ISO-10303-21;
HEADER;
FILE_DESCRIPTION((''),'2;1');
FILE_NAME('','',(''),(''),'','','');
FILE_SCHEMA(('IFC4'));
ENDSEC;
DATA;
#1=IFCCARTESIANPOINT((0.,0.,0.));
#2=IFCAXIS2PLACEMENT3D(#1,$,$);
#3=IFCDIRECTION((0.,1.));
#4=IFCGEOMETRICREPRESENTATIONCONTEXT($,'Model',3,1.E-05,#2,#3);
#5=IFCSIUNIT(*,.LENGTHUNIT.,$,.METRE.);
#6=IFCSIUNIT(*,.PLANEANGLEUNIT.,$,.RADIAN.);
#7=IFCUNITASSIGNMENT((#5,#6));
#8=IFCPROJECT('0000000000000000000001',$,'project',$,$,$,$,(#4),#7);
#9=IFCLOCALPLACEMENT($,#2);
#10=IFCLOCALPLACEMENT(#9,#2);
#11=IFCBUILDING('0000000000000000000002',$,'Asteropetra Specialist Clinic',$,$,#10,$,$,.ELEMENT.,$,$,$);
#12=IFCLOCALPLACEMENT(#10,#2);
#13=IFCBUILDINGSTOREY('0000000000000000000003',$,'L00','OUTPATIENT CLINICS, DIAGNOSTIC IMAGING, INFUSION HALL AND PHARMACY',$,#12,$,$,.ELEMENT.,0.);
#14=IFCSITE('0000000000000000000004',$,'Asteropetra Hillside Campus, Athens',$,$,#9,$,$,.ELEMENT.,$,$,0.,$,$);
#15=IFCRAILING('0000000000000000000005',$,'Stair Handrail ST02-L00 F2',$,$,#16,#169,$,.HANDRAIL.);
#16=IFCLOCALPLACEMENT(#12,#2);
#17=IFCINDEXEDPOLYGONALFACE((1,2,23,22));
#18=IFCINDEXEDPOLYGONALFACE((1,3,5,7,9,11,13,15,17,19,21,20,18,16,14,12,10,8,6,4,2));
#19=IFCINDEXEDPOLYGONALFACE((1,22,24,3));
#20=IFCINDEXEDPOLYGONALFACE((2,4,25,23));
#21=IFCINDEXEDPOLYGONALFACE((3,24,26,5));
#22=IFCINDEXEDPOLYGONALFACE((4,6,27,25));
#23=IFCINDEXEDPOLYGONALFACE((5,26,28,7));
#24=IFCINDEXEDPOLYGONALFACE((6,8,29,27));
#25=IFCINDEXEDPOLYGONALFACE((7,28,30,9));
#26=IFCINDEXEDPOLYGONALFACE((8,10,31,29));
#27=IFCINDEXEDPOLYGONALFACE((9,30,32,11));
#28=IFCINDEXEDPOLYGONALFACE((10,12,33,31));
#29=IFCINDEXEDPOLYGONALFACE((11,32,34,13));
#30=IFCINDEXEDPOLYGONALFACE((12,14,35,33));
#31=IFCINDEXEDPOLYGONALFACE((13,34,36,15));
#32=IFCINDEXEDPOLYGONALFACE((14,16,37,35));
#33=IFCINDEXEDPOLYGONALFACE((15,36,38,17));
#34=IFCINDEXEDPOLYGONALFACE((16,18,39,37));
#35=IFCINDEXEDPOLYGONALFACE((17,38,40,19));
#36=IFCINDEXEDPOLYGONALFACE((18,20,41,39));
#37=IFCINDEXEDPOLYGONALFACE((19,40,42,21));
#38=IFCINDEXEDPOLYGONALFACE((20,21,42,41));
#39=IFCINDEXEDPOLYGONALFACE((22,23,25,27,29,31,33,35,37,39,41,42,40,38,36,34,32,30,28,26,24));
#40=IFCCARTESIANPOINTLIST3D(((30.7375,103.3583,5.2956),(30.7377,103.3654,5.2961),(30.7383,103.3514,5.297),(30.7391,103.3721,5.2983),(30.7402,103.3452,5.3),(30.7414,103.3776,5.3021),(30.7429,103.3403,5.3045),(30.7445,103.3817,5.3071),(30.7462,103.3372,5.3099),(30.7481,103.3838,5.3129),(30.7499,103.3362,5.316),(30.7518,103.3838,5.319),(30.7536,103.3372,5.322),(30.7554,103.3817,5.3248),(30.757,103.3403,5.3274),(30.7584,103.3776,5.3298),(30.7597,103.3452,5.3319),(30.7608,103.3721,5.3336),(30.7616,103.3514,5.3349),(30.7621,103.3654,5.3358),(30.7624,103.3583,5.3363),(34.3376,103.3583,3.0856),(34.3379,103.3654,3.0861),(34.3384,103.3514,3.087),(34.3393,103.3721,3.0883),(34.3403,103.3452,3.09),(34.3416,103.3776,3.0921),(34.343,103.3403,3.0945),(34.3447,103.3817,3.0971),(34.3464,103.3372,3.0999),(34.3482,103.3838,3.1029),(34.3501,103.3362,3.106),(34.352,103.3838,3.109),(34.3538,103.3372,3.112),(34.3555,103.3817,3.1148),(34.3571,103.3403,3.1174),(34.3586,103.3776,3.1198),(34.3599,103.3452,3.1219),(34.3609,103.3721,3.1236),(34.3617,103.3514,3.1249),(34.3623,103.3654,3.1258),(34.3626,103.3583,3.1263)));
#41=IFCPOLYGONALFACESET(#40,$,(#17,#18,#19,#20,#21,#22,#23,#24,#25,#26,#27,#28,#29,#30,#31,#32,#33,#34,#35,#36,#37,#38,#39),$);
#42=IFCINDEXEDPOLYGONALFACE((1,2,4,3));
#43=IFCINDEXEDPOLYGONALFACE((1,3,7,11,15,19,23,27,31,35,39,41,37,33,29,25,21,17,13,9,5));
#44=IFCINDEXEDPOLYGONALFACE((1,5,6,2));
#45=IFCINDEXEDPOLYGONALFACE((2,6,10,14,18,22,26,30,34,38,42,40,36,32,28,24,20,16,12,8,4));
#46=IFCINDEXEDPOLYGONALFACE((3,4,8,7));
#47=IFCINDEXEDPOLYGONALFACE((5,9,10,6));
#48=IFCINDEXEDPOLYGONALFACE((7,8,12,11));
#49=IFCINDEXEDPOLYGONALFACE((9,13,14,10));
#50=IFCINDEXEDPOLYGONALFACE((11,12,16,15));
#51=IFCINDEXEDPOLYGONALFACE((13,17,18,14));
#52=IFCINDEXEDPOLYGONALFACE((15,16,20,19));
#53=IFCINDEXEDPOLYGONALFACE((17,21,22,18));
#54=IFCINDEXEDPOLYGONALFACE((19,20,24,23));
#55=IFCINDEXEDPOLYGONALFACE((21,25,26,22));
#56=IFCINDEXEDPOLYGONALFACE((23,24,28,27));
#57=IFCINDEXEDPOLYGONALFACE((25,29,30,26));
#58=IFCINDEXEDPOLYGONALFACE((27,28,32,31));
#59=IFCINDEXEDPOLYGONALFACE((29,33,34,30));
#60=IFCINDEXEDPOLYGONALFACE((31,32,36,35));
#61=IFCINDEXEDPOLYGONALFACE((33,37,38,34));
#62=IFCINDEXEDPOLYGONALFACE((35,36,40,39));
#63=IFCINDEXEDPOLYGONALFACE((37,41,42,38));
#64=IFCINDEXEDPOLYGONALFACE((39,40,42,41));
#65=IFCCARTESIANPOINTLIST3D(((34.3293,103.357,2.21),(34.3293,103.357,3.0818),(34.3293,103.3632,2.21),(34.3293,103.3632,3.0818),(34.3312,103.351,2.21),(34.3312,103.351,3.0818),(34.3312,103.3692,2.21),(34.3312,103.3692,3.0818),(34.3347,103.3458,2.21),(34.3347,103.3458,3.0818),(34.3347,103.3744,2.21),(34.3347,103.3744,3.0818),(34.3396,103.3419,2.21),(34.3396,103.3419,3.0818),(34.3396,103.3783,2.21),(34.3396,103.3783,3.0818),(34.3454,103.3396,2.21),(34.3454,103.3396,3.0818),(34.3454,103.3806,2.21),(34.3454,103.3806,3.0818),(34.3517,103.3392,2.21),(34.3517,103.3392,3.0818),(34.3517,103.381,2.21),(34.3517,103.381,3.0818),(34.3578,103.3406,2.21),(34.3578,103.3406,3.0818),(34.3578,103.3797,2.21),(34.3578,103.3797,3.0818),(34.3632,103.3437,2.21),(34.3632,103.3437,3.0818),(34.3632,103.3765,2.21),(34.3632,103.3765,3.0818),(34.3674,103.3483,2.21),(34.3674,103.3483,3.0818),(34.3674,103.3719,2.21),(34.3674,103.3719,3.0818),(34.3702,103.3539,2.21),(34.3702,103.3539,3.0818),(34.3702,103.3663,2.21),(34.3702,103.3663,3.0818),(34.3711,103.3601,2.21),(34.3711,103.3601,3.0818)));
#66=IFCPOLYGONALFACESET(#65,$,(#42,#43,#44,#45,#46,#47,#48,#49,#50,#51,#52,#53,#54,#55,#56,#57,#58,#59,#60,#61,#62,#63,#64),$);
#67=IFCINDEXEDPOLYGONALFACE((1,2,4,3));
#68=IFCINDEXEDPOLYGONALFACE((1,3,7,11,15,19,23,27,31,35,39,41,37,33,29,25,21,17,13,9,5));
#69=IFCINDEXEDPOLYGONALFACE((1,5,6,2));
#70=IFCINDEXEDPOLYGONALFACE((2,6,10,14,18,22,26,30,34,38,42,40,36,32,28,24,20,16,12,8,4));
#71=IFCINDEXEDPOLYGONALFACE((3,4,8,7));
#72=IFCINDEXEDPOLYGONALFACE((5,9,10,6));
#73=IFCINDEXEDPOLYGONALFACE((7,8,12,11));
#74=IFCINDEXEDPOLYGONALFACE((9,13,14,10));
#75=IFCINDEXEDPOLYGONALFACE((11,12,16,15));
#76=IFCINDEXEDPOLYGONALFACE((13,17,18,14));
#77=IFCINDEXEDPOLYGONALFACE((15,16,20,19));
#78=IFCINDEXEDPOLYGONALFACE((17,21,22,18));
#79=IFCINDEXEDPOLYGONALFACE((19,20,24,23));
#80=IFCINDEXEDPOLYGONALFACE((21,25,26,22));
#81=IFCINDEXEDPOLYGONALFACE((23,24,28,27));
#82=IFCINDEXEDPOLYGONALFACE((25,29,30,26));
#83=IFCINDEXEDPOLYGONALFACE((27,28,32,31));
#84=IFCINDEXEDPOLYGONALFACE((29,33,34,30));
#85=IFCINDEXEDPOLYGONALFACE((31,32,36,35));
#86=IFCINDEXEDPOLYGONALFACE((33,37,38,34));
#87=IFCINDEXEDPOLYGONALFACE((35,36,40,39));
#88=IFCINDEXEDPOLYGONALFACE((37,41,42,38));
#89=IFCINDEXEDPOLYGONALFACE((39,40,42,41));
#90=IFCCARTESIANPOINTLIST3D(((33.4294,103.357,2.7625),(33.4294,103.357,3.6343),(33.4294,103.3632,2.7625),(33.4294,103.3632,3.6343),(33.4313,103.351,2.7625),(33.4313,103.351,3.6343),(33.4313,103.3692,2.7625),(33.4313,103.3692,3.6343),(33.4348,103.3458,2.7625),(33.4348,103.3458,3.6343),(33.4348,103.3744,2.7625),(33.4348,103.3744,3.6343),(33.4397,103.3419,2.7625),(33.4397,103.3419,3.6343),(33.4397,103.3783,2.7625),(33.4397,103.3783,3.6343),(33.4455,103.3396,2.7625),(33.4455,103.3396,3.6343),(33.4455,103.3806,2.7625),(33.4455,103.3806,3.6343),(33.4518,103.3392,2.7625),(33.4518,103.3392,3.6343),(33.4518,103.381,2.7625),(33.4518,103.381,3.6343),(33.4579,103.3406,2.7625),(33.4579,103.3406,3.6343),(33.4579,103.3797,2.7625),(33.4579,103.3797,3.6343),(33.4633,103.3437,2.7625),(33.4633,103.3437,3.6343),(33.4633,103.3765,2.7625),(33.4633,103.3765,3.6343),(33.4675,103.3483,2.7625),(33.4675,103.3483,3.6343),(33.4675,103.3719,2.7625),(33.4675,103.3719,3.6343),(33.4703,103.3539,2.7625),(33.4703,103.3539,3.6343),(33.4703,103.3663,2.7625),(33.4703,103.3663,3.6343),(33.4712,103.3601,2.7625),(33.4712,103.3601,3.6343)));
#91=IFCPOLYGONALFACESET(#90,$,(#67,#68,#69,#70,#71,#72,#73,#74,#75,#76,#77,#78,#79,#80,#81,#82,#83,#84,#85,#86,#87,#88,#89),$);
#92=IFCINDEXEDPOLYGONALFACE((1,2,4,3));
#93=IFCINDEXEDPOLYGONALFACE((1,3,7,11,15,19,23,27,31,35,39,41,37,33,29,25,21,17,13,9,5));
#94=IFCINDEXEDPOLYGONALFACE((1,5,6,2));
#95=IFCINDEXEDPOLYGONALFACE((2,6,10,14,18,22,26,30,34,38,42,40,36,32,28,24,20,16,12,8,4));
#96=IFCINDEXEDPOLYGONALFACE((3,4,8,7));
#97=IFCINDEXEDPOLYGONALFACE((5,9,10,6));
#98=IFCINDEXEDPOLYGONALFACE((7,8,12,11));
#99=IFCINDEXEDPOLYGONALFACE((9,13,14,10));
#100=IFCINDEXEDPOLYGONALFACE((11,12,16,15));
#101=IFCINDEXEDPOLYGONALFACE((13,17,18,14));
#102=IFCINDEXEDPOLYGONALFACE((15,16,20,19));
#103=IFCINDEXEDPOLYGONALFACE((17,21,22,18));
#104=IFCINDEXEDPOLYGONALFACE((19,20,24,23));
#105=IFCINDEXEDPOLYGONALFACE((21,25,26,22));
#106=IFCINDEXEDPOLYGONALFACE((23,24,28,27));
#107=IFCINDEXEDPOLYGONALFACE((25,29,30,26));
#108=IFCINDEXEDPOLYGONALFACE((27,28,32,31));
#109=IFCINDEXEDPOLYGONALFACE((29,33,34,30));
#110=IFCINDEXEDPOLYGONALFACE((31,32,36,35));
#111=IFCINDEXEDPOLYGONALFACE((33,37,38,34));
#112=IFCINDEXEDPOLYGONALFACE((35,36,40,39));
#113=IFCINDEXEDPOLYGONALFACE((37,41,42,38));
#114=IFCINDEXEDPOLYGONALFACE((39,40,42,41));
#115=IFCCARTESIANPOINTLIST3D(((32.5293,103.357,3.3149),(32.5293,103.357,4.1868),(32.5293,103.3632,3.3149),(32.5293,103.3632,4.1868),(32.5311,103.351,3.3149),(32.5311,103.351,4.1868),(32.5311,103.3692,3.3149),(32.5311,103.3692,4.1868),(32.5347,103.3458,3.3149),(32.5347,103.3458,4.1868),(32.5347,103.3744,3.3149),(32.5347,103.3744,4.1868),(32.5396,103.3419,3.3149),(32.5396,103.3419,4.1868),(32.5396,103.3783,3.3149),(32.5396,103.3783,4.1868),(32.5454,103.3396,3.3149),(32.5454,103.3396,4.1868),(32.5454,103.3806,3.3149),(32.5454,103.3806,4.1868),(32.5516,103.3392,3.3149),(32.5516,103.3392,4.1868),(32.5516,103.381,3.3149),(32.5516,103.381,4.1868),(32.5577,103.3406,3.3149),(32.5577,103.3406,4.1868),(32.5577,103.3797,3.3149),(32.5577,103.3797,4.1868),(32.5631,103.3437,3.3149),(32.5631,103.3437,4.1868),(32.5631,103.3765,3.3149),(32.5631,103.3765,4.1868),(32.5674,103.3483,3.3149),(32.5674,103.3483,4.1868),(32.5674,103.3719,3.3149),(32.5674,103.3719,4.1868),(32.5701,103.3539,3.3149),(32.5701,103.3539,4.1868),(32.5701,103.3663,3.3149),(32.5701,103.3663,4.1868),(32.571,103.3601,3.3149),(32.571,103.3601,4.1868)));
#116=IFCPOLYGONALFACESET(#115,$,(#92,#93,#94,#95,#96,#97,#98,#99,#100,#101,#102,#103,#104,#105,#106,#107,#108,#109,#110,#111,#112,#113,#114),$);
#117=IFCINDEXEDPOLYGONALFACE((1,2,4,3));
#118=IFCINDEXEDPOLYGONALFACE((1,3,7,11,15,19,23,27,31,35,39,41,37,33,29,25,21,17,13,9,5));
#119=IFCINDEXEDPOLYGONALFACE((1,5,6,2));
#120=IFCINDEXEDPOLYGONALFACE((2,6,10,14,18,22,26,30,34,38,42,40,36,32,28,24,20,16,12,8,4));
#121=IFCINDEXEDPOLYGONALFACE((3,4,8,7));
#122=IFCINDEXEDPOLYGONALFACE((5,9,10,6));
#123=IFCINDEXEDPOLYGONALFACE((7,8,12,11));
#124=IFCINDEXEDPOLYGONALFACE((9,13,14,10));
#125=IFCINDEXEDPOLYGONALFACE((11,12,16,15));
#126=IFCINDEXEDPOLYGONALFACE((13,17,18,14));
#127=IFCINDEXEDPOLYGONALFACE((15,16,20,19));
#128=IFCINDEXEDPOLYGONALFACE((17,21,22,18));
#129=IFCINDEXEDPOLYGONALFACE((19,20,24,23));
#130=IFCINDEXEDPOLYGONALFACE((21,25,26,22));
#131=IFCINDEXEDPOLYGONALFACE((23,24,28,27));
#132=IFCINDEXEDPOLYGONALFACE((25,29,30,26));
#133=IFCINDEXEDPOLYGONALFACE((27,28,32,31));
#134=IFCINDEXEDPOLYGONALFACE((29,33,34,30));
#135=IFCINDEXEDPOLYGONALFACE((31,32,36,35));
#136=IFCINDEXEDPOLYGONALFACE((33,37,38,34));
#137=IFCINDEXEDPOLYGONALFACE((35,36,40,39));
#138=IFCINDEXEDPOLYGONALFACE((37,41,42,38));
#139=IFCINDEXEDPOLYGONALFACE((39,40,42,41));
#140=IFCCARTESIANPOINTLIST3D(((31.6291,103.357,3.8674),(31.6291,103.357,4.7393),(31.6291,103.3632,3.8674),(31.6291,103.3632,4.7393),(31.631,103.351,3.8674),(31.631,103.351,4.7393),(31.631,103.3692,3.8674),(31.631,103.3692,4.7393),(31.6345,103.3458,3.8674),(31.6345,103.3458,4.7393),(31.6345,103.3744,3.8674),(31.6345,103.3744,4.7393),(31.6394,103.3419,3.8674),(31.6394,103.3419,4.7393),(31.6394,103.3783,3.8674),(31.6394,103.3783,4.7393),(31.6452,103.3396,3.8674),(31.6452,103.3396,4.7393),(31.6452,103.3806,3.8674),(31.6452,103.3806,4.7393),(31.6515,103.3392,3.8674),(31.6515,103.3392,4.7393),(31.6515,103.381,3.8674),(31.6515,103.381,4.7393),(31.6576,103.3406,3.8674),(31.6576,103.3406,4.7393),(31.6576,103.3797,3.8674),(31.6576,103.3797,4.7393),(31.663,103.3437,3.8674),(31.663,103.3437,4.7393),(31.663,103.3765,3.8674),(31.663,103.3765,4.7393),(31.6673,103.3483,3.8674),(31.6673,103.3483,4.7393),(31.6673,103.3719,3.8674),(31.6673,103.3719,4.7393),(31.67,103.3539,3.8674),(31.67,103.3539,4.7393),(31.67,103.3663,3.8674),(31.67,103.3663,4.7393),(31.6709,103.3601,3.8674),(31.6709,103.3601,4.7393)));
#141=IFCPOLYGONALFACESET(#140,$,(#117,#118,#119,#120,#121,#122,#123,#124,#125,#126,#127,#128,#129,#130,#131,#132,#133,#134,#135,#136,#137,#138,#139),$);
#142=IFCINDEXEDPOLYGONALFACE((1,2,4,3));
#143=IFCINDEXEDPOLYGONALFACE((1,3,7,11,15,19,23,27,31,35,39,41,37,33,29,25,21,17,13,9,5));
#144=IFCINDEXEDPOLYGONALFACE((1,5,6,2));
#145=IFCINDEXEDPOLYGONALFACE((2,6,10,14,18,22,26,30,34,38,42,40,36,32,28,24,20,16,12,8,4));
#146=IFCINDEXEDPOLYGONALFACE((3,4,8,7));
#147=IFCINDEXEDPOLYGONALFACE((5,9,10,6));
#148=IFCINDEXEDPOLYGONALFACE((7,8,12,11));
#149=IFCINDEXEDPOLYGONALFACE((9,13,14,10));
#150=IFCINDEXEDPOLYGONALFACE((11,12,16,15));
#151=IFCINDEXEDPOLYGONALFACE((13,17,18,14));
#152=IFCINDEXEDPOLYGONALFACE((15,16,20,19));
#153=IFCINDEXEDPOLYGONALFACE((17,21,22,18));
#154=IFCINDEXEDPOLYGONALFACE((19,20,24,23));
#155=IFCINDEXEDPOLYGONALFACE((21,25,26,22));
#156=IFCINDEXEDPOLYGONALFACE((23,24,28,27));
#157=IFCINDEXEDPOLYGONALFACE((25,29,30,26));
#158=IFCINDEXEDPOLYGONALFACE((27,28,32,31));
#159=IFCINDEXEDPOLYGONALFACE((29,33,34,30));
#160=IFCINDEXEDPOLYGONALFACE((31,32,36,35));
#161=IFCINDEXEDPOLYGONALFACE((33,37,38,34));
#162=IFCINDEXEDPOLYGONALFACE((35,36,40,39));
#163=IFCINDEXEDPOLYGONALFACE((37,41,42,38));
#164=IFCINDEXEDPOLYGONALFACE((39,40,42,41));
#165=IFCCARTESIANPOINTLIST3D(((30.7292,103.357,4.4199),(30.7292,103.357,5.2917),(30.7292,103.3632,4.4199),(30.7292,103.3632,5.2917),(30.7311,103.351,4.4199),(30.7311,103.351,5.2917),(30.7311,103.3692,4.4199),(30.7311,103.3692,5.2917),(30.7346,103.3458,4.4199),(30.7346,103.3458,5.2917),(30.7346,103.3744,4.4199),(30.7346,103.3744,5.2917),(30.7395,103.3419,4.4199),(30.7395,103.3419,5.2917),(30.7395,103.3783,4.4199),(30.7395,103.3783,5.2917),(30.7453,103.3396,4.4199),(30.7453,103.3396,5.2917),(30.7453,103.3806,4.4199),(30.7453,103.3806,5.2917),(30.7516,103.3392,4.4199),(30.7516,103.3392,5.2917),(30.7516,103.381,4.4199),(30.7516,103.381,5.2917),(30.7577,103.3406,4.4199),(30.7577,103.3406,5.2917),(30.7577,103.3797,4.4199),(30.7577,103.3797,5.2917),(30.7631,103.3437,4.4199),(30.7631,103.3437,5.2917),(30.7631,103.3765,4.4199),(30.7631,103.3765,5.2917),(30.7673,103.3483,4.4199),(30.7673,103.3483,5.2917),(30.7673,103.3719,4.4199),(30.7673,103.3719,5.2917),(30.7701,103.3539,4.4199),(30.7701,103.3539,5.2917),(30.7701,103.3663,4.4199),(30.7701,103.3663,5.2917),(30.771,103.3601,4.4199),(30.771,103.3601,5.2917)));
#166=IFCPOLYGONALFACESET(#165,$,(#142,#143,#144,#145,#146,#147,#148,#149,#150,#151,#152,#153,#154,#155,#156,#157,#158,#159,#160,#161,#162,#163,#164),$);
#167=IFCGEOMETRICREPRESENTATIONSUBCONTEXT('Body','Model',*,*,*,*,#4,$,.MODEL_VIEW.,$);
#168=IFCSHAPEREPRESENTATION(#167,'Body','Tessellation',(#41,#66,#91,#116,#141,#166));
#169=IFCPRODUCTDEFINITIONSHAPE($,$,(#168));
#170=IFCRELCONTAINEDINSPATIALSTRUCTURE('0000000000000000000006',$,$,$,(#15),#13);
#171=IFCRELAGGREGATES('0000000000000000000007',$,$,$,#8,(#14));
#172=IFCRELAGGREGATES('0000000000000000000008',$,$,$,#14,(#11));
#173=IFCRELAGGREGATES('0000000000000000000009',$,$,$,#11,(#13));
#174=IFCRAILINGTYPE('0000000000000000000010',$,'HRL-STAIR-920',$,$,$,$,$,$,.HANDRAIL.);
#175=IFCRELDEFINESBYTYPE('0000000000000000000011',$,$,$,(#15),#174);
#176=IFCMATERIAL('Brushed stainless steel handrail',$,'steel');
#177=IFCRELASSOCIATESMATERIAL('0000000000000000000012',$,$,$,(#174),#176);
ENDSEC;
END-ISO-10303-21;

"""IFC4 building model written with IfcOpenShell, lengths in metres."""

from ifc_helpers import new_model, si_unit, direction, frame, origin, origin_2d, place, context, subcontext, project, spatial, circle, extrude, material, type_object, element, save


model = new_model("IFC4")

# Units and contexts
model_context = context("Model", 3, precision=1e-05, world=origin(), true_north=direction((0.0, 1.0)))
body_context = subcontext(model_context, "Body", "Model", "MODEL_VIEW")
ifc_project = project(units=[si_unit("LENGTHUNIT", "METRE"), si_unit("PLANEANGLEUNIT", "RADIAN")], contexts=[model_context])

# Site, building, storey
site_placement = place(None, origin())
site = spatial("IfcSite", under=ifc_project, at=site_placement, Name="Asteropetra Hillside Campus, Athens", CompositionType="ELEMENT", RefElevation=0.0)
building_placement = place(site_placement, origin())
building = spatial("IfcBuilding", under=site, at=building_placement, Name="Asteropetra Specialist Clinic", CompositionType="ELEMENT")
storey_placement = place(building_placement, origin())
storey = spatial("IfcBuildingStorey", under=building, at=storey_placement, Name="L00", Description="OUTPATIENT CLINICS, DIAGNOSTIC IMAGING, INFUSION HALL AND PHARMACY", CompositionType="ELEMENT", Elevation=0.0)

# Railing
ifc_material_1 = material(Name="Brushed stainless steel handrail", Category="steel")
railing_type_1 = type_object("IfcRailingType", Name="HRL-STAIR-920", PredefinedType="HANDRAIL", material=ifc_material_1)
railing_1_placement = place(storey_placement, frame((34.3501, 103.3601, 2.21)))
element("IfcRailing", 1, at=railing_1_placement, inside=storey, type_object=railing_type_1, Name="Stair Handrail ST02-L00 F2", PredefinedType="HANDRAIL", context=body_context, shape_type="SweptSolid", body=[
    extrude(circle(Radius=0.0239, at=origin_2d()), frame((0.0, 0.0, 0.896), z_axis=(-0.852237, 0.0, 0.523156), x_axis=(0.0, -1.0, 0.0)), (0.0, 0.0, 1.0), 4.2244),
    extrude(circle(Radius=0.021, at=origin_2d()), origin(), (0.0, 0.0, 1.0), 0.8718),
    extrude(circle(Radius=0.021, at=origin_2d()), frame((-0.8999, 0.0, 0.5525)), (0.0, 0.0, 1.0), 0.8718),
    extrude(circle(Radius=0.021, at=origin_2d()), frame((-1.8, 0.0, 1.105)), (0.0, 0.0, 1.0), 0.8718),
    extrude(circle(Radius=0.021, at=origin_2d()), frame((-2.7002, 0.0, 1.6575)), (0.0, 0.0, 1.0), 0.8718),
    extrude(circle(Radius=0.021, at=origin_2d()), frame((-3.6001, 0.0, 2.21)), (0.0, 0.0, 1.0), 0.8718),
])

save(model, "model.ifc")
